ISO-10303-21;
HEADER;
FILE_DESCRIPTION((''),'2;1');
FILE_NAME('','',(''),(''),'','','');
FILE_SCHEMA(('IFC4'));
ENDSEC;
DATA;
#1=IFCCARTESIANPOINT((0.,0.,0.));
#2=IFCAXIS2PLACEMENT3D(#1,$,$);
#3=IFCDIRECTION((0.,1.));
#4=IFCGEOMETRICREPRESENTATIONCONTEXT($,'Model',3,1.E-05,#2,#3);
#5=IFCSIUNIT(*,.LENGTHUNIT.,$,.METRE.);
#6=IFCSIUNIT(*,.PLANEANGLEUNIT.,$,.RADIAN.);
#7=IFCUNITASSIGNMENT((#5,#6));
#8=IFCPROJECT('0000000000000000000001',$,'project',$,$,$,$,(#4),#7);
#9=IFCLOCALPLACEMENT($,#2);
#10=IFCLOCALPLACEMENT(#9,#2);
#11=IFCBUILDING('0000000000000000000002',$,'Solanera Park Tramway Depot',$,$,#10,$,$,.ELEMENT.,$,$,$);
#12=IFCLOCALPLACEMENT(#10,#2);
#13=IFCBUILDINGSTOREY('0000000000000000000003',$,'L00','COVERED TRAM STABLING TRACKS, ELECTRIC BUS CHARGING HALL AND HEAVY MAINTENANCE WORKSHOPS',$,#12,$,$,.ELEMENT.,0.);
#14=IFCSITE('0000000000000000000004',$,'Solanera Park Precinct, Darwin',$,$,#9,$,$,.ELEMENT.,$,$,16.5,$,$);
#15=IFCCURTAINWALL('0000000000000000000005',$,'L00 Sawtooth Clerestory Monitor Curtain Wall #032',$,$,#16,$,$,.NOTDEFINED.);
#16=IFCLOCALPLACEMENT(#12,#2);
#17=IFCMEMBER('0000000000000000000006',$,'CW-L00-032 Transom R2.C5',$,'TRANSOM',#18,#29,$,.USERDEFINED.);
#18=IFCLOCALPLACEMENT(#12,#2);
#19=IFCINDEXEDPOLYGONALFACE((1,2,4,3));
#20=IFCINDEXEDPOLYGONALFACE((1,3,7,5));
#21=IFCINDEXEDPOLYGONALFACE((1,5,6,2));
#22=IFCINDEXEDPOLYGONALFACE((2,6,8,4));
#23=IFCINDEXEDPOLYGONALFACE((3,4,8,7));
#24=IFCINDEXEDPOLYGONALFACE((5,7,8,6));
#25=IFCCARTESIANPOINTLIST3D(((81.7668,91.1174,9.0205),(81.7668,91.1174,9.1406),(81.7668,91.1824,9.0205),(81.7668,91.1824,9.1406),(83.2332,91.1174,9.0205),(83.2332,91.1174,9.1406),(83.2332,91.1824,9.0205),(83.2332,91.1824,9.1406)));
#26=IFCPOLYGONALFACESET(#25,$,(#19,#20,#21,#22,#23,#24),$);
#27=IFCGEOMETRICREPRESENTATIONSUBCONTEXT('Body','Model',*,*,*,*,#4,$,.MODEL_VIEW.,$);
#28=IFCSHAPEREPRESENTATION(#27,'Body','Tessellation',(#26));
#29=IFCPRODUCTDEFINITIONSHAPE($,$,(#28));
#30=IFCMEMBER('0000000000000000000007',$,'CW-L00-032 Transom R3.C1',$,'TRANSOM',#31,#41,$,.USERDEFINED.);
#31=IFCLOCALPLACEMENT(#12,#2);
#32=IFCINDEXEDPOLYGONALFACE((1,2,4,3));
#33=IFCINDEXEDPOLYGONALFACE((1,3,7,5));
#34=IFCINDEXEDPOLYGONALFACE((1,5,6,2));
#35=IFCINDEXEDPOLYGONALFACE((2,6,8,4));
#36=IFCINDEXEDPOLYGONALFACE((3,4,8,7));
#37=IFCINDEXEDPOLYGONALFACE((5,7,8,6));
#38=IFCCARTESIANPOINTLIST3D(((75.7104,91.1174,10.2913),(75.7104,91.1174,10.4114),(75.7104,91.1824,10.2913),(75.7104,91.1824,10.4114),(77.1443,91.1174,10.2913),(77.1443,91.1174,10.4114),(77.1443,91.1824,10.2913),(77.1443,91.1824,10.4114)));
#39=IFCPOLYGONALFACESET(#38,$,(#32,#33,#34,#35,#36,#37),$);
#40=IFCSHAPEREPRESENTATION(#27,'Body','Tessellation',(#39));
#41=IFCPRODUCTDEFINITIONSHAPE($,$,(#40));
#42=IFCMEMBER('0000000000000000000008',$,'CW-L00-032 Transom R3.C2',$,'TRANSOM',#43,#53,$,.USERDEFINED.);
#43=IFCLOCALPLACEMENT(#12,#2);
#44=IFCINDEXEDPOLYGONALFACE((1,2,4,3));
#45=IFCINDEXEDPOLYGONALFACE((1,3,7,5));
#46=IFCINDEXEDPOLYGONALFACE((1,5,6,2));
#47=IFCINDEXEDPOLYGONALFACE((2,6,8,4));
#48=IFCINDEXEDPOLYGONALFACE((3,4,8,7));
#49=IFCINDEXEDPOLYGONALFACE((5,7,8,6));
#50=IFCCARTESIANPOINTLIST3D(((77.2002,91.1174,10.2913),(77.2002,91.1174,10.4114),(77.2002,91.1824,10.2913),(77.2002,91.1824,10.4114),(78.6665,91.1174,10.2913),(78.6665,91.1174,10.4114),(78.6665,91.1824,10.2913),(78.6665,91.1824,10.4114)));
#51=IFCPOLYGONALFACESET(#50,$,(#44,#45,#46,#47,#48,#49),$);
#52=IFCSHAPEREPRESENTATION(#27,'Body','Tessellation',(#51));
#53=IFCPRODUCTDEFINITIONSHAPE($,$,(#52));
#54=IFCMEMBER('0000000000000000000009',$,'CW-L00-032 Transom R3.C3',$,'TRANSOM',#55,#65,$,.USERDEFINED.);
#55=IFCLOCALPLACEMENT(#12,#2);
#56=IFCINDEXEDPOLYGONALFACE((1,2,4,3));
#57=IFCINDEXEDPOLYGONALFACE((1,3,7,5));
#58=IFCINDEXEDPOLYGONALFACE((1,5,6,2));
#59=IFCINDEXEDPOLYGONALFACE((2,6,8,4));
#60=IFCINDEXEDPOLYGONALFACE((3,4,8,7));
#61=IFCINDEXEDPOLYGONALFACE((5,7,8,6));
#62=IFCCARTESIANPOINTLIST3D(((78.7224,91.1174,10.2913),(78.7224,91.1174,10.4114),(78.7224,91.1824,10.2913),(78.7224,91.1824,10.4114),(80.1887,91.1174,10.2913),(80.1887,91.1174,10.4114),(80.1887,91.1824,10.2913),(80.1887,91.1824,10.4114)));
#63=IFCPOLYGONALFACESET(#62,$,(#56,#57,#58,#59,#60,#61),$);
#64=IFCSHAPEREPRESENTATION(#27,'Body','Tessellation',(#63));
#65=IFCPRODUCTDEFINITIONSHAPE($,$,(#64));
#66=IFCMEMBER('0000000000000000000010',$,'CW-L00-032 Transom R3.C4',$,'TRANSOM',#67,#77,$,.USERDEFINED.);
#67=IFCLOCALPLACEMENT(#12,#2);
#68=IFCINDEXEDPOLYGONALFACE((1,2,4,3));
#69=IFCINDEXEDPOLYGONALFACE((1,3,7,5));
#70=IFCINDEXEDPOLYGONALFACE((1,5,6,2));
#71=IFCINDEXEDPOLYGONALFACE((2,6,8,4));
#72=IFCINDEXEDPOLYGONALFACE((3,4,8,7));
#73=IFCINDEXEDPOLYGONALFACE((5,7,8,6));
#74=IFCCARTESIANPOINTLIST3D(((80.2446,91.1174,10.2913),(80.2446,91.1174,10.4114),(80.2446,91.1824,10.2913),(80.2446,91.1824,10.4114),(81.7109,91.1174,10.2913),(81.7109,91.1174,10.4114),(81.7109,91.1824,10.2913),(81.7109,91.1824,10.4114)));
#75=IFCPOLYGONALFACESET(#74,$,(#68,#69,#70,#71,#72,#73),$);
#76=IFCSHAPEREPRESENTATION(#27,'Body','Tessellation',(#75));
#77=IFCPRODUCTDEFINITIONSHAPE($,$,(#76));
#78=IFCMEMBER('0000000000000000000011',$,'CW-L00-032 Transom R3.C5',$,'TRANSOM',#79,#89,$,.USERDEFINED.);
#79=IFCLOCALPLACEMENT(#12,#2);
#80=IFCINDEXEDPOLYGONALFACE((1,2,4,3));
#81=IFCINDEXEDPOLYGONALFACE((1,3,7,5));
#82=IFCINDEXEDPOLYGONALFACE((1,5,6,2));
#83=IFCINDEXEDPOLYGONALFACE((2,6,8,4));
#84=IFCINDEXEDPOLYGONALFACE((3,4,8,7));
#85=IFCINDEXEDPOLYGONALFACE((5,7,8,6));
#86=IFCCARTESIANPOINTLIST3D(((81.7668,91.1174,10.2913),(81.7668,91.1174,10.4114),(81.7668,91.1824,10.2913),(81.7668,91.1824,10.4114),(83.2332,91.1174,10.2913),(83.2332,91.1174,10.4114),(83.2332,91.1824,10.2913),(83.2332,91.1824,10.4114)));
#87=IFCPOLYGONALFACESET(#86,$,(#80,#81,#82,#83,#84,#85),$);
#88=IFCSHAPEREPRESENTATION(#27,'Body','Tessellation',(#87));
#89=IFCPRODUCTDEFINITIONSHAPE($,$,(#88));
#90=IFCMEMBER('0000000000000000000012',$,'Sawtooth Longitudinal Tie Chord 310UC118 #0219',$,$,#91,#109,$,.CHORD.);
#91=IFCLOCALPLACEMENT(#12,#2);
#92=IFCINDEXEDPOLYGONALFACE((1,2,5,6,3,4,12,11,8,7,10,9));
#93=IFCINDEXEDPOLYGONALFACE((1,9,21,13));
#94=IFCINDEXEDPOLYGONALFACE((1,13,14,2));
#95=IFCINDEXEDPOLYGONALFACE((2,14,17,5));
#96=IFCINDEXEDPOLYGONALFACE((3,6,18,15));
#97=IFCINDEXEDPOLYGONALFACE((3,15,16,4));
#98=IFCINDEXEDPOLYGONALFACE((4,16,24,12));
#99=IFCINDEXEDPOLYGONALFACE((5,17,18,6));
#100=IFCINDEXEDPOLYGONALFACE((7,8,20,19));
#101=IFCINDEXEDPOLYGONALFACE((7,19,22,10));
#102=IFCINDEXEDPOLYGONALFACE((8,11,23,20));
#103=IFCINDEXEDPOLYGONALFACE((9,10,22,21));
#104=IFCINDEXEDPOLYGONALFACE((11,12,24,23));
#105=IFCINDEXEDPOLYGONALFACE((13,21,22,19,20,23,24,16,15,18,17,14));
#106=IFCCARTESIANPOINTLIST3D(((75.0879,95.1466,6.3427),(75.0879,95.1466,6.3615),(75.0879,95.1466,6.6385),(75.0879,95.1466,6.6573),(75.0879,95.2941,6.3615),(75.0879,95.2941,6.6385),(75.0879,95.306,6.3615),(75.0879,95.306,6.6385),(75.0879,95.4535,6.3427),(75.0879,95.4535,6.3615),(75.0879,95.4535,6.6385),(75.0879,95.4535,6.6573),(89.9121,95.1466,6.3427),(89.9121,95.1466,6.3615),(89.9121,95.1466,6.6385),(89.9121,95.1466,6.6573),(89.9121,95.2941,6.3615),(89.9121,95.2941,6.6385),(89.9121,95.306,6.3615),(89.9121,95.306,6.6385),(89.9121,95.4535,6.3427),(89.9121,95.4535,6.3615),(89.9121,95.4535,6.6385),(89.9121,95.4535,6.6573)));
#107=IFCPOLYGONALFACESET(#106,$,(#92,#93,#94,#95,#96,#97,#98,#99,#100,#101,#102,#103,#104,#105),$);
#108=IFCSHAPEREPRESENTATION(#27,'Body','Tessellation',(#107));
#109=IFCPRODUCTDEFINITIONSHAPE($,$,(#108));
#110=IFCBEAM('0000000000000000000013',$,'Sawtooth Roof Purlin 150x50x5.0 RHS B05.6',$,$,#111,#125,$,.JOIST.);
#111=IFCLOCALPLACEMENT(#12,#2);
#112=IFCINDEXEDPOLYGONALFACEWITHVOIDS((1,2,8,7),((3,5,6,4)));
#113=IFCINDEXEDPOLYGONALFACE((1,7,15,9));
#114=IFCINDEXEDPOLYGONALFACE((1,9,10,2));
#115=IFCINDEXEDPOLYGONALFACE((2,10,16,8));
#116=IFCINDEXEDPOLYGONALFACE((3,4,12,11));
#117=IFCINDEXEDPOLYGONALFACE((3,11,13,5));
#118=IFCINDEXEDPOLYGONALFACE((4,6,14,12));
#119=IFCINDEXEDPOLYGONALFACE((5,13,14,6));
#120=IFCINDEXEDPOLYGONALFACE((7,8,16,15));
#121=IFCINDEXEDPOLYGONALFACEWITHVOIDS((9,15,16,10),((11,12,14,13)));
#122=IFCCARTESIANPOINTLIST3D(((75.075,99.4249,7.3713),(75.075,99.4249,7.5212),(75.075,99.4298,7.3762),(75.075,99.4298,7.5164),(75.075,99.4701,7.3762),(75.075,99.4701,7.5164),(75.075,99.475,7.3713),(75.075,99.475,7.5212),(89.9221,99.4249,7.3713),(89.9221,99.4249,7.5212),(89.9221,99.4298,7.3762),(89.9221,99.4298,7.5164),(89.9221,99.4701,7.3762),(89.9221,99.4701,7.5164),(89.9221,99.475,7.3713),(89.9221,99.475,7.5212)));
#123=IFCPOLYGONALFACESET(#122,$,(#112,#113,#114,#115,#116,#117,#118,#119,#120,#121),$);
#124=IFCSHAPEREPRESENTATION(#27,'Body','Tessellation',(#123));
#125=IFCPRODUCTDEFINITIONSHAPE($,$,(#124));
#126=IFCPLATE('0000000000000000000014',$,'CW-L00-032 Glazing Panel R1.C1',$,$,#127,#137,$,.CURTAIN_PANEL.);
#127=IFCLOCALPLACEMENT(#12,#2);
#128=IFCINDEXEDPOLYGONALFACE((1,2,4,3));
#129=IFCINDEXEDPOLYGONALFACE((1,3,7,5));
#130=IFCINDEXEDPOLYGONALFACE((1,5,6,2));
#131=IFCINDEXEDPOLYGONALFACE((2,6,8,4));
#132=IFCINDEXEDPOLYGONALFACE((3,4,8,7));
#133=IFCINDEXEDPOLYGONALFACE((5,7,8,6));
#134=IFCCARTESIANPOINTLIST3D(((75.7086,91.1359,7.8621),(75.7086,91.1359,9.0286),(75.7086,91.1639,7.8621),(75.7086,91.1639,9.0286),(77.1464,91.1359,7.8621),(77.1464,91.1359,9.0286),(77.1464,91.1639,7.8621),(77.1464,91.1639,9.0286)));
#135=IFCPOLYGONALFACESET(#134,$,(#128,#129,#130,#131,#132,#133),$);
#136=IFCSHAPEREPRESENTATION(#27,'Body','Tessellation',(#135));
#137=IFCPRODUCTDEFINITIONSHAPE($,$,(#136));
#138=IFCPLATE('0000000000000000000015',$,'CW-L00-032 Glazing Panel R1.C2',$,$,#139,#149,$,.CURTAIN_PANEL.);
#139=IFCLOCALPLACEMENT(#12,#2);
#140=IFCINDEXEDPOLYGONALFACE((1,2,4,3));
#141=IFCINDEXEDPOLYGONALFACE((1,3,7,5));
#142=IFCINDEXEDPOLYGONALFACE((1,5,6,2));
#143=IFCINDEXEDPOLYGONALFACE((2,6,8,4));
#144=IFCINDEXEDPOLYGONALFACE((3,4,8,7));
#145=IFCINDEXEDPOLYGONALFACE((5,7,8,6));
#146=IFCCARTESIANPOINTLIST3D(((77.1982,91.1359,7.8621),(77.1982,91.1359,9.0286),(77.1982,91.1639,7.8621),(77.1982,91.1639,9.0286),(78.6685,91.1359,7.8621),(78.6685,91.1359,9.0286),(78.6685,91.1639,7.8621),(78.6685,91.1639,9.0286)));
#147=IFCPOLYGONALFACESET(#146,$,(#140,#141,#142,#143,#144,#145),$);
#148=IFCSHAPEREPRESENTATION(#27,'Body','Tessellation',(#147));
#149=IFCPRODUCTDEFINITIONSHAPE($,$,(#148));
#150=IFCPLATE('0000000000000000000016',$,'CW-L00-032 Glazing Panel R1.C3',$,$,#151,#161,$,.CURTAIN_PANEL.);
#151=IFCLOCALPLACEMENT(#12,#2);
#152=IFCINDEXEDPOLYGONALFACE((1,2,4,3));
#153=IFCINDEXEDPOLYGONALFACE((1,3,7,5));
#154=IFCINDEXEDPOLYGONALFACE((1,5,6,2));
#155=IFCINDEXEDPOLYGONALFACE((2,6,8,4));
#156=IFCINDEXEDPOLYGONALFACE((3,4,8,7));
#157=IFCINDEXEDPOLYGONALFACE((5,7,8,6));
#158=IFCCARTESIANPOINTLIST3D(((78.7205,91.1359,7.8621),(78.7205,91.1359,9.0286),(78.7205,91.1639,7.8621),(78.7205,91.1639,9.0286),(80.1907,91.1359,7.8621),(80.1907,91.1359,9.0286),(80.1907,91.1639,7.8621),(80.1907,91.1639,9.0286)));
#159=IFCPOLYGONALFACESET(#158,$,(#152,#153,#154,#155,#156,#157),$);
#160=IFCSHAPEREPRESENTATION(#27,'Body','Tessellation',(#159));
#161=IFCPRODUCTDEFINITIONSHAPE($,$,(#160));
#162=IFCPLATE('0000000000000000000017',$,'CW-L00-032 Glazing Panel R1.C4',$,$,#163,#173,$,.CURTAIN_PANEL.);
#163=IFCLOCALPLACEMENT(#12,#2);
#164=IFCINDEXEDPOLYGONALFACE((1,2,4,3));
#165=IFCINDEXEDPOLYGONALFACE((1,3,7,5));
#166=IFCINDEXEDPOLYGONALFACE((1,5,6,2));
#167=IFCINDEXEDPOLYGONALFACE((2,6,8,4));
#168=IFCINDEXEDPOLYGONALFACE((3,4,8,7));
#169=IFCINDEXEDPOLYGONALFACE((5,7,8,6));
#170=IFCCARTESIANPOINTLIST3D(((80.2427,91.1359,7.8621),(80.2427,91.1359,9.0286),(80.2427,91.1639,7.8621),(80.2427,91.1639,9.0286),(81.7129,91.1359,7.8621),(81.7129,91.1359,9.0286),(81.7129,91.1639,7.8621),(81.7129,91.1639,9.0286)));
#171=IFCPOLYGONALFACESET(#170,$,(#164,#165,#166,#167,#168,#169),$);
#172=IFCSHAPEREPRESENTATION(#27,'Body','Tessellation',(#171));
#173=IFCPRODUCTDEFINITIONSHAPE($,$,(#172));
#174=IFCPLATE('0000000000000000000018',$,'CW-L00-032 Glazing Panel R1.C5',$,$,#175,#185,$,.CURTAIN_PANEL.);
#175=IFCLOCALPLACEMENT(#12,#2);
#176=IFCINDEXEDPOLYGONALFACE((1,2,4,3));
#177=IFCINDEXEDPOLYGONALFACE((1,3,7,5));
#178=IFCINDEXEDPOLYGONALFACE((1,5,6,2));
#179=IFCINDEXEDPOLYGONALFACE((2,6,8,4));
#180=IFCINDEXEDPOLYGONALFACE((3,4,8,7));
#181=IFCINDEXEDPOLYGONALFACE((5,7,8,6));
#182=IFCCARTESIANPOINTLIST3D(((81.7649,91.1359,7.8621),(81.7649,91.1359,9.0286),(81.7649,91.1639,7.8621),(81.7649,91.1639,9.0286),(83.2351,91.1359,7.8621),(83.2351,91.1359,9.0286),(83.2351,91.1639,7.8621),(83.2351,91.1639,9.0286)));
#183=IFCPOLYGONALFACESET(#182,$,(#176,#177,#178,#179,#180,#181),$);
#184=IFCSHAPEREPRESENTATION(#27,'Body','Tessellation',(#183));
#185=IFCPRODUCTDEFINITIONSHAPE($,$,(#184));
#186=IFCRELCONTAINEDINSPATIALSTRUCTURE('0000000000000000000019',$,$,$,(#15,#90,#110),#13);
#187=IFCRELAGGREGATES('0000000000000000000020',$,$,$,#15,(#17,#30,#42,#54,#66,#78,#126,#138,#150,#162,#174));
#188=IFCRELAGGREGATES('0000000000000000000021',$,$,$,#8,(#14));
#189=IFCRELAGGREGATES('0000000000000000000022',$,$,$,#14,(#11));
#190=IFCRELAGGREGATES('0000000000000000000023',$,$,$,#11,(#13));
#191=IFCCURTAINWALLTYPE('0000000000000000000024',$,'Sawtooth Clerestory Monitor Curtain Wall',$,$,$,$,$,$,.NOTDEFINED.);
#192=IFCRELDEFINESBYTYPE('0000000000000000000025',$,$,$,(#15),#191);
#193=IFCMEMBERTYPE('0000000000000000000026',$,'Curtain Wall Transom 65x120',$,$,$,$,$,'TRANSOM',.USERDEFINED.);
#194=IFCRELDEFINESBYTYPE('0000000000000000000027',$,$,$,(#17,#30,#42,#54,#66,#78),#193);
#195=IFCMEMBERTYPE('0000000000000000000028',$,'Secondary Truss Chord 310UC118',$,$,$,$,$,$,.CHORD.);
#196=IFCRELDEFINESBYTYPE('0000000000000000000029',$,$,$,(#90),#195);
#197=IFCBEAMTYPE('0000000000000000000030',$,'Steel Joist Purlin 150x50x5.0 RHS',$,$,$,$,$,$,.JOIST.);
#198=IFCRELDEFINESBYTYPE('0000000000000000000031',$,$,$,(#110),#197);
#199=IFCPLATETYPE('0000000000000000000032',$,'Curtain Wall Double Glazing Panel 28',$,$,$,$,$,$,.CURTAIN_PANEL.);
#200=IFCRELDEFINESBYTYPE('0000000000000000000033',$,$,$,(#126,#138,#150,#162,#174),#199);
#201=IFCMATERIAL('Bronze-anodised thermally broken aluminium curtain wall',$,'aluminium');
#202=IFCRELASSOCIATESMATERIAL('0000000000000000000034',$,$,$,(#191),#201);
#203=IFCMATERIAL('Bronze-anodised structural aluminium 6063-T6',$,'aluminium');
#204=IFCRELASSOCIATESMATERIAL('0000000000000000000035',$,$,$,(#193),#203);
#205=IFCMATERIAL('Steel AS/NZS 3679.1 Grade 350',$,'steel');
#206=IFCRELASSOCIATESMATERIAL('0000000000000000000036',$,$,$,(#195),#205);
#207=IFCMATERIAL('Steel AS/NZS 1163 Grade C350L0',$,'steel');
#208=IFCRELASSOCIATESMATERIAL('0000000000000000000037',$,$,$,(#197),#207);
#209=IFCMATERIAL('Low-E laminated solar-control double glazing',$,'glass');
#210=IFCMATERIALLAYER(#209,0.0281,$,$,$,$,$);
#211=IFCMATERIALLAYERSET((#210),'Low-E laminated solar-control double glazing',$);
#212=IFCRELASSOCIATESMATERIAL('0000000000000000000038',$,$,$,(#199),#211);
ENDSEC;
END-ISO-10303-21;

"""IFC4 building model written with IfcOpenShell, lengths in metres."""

from ifc_helpers import new_model, si_unit, direction, frame, origin, origin_2d, place, context, subcontext, project, spatial, rectangle, hollow_rectangle, i_section, extrude, material, layer, layer_set, material_profile, profile_set, type_object, element, aggregate, save


model = new_model("IFC4")

# Units and contexts
model_context = context("Model", 3, precision=1e-05, world=origin(), true_north=direction((0.0, 1.0)))
body_context = subcontext(model_context, "Body", "Model", "MODEL_VIEW")
ifc_project = project(units=[si_unit("LENGTHUNIT", "METRE"), si_unit("PLANEANGLEUNIT", "RADIAN")], contexts=[model_context])

# Site, building, storey
site_placement = place(None, origin())
site = spatial("IfcSite", under=ifc_project, at=site_placement, Name="Solanera Park Precinct, Darwin", CompositionType="ELEMENT", RefElevation=16.5)
building_placement = place(site_placement, origin())
building = spatial("IfcBuilding", under=site, at=building_placement, Name="Solanera Park Tramway Depot", CompositionType="ELEMENT")
storey_placement = place(building_placement, origin())
storey = spatial("IfcBuildingStorey", under=building, at=storey_placement, Name="L00", Description="COVERED TRAM STABLING TRACKS, ELECTRIC BUS CHARGING HALL AND HEAVY MAINTENANCE WORKSHOPS", CompositionType="ELEMENT", Elevation=0.0)

# Curtain wall, members
ifc_material_1 = material(Name="Bronze-anodised thermally broken aluminium curtain wall", Category="aluminium")
curtain_wall_type = type_object("IfcCurtainWallType", Name="Sawtooth Clerestory Monitor Curtain Wall", PredefinedType="NOTDEFINED", material=ifc_material_1)
curtain_wall_placement = place(storey_placement, origin())
curtain_wall = element("IfcCurtainWall", 1, at=curtain_wall_placement, inside=storey, type_object=curtain_wall_type, Name="L00 Sawtooth Clerestory Monitor Curtain Wall #032", PredefinedType="NOTDEFINED")
ifc_material_2 = material(Name="Bronze-anodised structural aluminium 6063-T6", Category="aluminium")
ifc_material_profile_1 = material_profile(ifc_material_2, rectangle(XDim=0.0649, YDim=0.1201, at=origin_2d()), Name="Curtain Wall Transom 65x120")
ifc_profile_set_1 = profile_set([ifc_material_profile_1], Name="Bronze-anodised structural aluminium 6063-T6")
member_type_1 = type_object("IfcMemberType", Name="Curtain Wall Transom 65x120", ElementType="TRANSOM", PredefinedType="USERDEFINED", material=ifc_profile_set_1)
member_1_placement = place(storey_placement, frame((81.7668, 91.1499, 9.0806), z_axis=(1.0, 0.0, 0.0), x_axis=(0.0, 1.0, 0.0)))
member_1 = element("IfcMember", 2, at=member_1_placement, type_object=member_type_1, Name="CW-L00-032 Transom R2.C5", ObjectType="TRANSOM", PredefinedType="USERDEFINED", context=body_context, shape_type="SweptSolid", body=[
    extrude(rectangle(XDim=0.0649, YDim=0.1201, at=origin_2d()), origin(), (0.0, 0.0, 1.0), 1.4663),
])
member_2_placement = place(storey_placement, frame((75.7104, 91.1499, 10.3513), z_axis=(1.0, 0.0, 0.0), x_axis=(0.0, 1.0, 0.0)))
member_2 = element("IfcMember", 3, at=member_2_placement, type_object=member_type_1, Name="CW-L00-032 Transom R3.C1", ObjectType="TRANSOM", PredefinedType="USERDEFINED", context=body_context, shape_type="SweptSolid", body=[
    extrude(rectangle(XDim=0.0649, YDim=0.1201, at=origin_2d()), origin(), (0.0, 0.0, 1.0), 1.4338),
])
member_3_placement = place(storey_placement, frame((77.2002, 91.1499, 10.3513), z_axis=(1.0, 0.0, 0.0), x_axis=(0.0, 1.0, 0.0)))
member_3 = element("IfcMember", 4, at=member_3_placement, type_object=member_type_1, Name="CW-L00-032 Transom R3.C2", ObjectType="TRANSOM", PredefinedType="USERDEFINED", context=body_context, shape_type="SweptSolid", body=[
    extrude(rectangle(XDim=0.0649, YDim=0.1201, at=origin_2d()), origin(), (0.0, 0.0, 1.0), 1.4663),
])
member_4_placement = place(storey_placement, frame((78.7224, 91.1499, 10.3513), z_axis=(1.0, 0.0, 0.0), x_axis=(0.0, 1.0, 0.0)))
member_4 = element("IfcMember", 5, at=member_4_placement, type_object=member_type_1, Name="CW-L00-032 Transom R3.C3", ObjectType="TRANSOM", PredefinedType="USERDEFINED", context=body_context, shape_type="SweptSolid", body=[
    extrude(rectangle(XDim=0.0649, YDim=0.1201, at=origin_2d()), origin(), (0.0, 0.0, 1.0), 1.4663),
])
member_5_placement = place(storey_placement, frame((80.2446, 91.1499, 10.3513), z_axis=(1.0, 0.0, 0.0), x_axis=(0.0, 1.0, 0.0)))
member_5 = element("IfcMember", 6, at=member_5_placement, type_object=member_type_1, Name="CW-L00-032 Transom R3.C4", ObjectType="TRANSOM", PredefinedType="USERDEFINED", context=body_context, shape_type="SweptSolid", body=[
    extrude(rectangle(XDim=0.0649, YDim=0.1201, at=origin_2d()), origin(), (0.0, 0.0, 1.0), 1.4663),
])
member_6_placement = place(storey_placement, frame((81.7668, 91.1499, 10.3513), z_axis=(1.0, 0.0, 0.0), x_axis=(0.0, 1.0, 0.0)))
member_6 = element("IfcMember", 7, at=member_6_placement, type_object=member_type_1, Name="CW-L00-032 Transom R3.C5", ObjectType="TRANSOM", PredefinedType="USERDEFINED", context=body_context, shape_type="SweptSolid", body=[
    extrude(rectangle(XDim=0.0649, YDim=0.1201, at=origin_2d()), origin(), (0.0, 0.0, 1.0), 1.4663),
])

# Member
ifc_material_3 = material(Name="Steel AS/NZS 3679.1 Grade 350", Category="steel")
ifc_material_profile_2 = material_profile(ifc_material_3, i_section(OverallWidth=0.3069, OverallDepth=0.3147, WebThickness=0.012, FlangeThickness=0.0188, at=origin_2d()), Name="310UC118")
ifc_profile_set_2 = profile_set([ifc_material_profile_2], Name="Steel AS/NZS 3679.1 Grade 350")
member_type_2 = type_object("IfcMemberType", Name="Secondary Truss Chord 310UC118", PredefinedType="CHORD", material=ifc_profile_set_2)
member_7_placement = place(storey_placement, frame((75.0879, 95.3, 6.5), z_axis=(1.0, 0.0, 0.0), x_axis=(0.0, 1.0, 0.0)))
element("IfcMember", 8, at=member_7_placement, inside=storey, type_object=member_type_2, Name="Sawtooth Longitudinal Tie Chord 310UC118 #0219", PredefinedType="CHORD", context=body_context, shape_type="SweptSolid", body=[
    extrude(i_section(OverallWidth=0.3069, OverallDepth=0.3147, WebThickness=0.012, FlangeThickness=0.0188, at=origin_2d()), origin(), (0.0, 0.0, 1.0), 14.8242),
])

# Beam
ifc_material_4 = material(Name="Steel AS/NZS 1163 Grade C350L0", Category="steel")
ifc_material_profile_3 = material_profile(ifc_material_4, hollow_rectangle(XDim=0.05, YDim=0.1499, WallThickness=0.0049, at=origin_2d()), Name="150x50x5.0 RHS")
ifc_profile_set_3 = profile_set([ifc_material_profile_3], Name="Steel AS/NZS 1163 Grade C350L0")
beam_type = type_object("IfcBeamType", Name="Steel Joist Purlin 150x50x5.0 RHS", PredefinedType="JOIST", material=ifc_profile_set_3)
beam_placement = place(storey_placement, frame((75.075, 99.45, 7.4463), z_axis=(1.0, 0.0, 0.0), x_axis=(0.0, 1.0, 0.0)))
element("IfcBeam", 9, at=beam_placement, inside=storey, type_object=beam_type, Name="Sawtooth Roof Purlin 150x50x5.0 RHS B05.6", PredefinedType="JOIST", context=body_context, shape_type="SweptSolid", body=[
    extrude(hollow_rectangle(XDim=0.05, YDim=0.1499, WallThickness=0.0049, at=origin_2d()), origin(), (0.0, 0.0, 1.0), 14.8472),
])

# Plates
ifc_material_5 = material(Name="Low-E laminated solar-control double glazing", Category="glass")
ifc_layer = layer(ifc_material_5, 0.0281)
ifc_layer_set = layer_set([ifc_layer], Name="Low-E laminated solar-control double glazing")
plate_type = type_object("IfcPlateType", Name="Curtain Wall Double Glazing Panel 28", PredefinedType="CURTAIN_PANEL", material=ifc_layer_set)
plate_1_placement = place(storey_placement, frame((76.4275, 91.1499, 7.8621), z_axis=(0.0, 0.0, 1.0), x_axis=(1.0, 0.0, 0.0)))
plate_1 = element("IfcPlate", 10, at=plate_1_placement, type_object=plate_type, Name="CW-L00-032 Glazing Panel R1.C1", PredefinedType="CURTAIN_PANEL", context=body_context, shape_type="SweptSolid", body=[
    extrude(rectangle(XDim=1.4377, YDim=0.0281, at=origin_2d()), origin(), (0.0, 0.0, 1.0), 1.1665),
])
plate_2_placement = place(storey_placement, frame((77.9333, 91.1499, 7.8621), z_axis=(0.0, 0.0, 1.0), x_axis=(1.0, 0.0, 0.0)))
plate_2 = element("IfcPlate", 11, at=plate_2_placement, type_object=plate_type, Name="CW-L00-032 Glazing Panel R1.C2", PredefinedType="CURTAIN_PANEL", context=body_context, shape_type="SweptSolid", body=[
    extrude(rectangle(XDim=1.4702, YDim=0.0281, at=origin_2d()), origin(), (0.0, 0.0, 1.0), 1.1665),
])
plate_3_placement = place(storey_placement, frame((79.4556, 91.1499, 7.8621), z_axis=(0.0, 0.0, 1.0), x_axis=(1.0, 0.0, 0.0)))
plate_3 = element("IfcPlate", 12, at=plate_3_placement, type_object=plate_type, Name="CW-L00-032 Glazing Panel R1.C3", PredefinedType="CURTAIN_PANEL", context=body_context, shape_type="SweptSolid", body=[
    extrude(rectangle(XDim=1.4702, YDim=0.0281, at=origin_2d()), origin(), (0.0, 0.0, 1.0), 1.1665),
])
plate_4_placement = place(storey_placement, frame((80.9778, 91.1499, 7.8621), z_axis=(0.0, 0.0, 1.0), x_axis=(1.0, 0.0, 0.0)))
plate_4 = element("IfcPlate", 13, at=plate_4_placement, type_object=plate_type, Name="CW-L00-032 Glazing Panel R1.C4", PredefinedType="CURTAIN_PANEL", context=body_context, shape_type="SweptSolid", body=[
    extrude(rectangle(XDim=1.4702, YDim=0.0281, at=origin_2d()), origin(), (0.0, 0.0, 1.0), 1.1665),
])
plate_5_placement = place(storey_placement, frame((82.5, 91.1499, 7.8621), z_axis=(0.0, 0.0, 1.0), x_axis=(1.0, 0.0, 0.0)))
plate_5 = element("IfcPlate", 14, at=plate_5_placement, type_object=plate_type, Name="CW-L00-032 Glazing Panel R1.C5", PredefinedType="CURTAIN_PANEL", context=body_context, shape_type="SweptSolid", body=[
    extrude(rectangle(XDim=1.4702, YDim=0.0281, at=origin_2d()), origin(), (0.0, 0.0, 1.0), 1.1665),
])
aggregate(curtain_wall, [member_1, member_2, member_3, member_4, member_5, member_6, plate_1, plate_2, plate_3, plate_4, plate_5])

save(model, "model.ifc")
